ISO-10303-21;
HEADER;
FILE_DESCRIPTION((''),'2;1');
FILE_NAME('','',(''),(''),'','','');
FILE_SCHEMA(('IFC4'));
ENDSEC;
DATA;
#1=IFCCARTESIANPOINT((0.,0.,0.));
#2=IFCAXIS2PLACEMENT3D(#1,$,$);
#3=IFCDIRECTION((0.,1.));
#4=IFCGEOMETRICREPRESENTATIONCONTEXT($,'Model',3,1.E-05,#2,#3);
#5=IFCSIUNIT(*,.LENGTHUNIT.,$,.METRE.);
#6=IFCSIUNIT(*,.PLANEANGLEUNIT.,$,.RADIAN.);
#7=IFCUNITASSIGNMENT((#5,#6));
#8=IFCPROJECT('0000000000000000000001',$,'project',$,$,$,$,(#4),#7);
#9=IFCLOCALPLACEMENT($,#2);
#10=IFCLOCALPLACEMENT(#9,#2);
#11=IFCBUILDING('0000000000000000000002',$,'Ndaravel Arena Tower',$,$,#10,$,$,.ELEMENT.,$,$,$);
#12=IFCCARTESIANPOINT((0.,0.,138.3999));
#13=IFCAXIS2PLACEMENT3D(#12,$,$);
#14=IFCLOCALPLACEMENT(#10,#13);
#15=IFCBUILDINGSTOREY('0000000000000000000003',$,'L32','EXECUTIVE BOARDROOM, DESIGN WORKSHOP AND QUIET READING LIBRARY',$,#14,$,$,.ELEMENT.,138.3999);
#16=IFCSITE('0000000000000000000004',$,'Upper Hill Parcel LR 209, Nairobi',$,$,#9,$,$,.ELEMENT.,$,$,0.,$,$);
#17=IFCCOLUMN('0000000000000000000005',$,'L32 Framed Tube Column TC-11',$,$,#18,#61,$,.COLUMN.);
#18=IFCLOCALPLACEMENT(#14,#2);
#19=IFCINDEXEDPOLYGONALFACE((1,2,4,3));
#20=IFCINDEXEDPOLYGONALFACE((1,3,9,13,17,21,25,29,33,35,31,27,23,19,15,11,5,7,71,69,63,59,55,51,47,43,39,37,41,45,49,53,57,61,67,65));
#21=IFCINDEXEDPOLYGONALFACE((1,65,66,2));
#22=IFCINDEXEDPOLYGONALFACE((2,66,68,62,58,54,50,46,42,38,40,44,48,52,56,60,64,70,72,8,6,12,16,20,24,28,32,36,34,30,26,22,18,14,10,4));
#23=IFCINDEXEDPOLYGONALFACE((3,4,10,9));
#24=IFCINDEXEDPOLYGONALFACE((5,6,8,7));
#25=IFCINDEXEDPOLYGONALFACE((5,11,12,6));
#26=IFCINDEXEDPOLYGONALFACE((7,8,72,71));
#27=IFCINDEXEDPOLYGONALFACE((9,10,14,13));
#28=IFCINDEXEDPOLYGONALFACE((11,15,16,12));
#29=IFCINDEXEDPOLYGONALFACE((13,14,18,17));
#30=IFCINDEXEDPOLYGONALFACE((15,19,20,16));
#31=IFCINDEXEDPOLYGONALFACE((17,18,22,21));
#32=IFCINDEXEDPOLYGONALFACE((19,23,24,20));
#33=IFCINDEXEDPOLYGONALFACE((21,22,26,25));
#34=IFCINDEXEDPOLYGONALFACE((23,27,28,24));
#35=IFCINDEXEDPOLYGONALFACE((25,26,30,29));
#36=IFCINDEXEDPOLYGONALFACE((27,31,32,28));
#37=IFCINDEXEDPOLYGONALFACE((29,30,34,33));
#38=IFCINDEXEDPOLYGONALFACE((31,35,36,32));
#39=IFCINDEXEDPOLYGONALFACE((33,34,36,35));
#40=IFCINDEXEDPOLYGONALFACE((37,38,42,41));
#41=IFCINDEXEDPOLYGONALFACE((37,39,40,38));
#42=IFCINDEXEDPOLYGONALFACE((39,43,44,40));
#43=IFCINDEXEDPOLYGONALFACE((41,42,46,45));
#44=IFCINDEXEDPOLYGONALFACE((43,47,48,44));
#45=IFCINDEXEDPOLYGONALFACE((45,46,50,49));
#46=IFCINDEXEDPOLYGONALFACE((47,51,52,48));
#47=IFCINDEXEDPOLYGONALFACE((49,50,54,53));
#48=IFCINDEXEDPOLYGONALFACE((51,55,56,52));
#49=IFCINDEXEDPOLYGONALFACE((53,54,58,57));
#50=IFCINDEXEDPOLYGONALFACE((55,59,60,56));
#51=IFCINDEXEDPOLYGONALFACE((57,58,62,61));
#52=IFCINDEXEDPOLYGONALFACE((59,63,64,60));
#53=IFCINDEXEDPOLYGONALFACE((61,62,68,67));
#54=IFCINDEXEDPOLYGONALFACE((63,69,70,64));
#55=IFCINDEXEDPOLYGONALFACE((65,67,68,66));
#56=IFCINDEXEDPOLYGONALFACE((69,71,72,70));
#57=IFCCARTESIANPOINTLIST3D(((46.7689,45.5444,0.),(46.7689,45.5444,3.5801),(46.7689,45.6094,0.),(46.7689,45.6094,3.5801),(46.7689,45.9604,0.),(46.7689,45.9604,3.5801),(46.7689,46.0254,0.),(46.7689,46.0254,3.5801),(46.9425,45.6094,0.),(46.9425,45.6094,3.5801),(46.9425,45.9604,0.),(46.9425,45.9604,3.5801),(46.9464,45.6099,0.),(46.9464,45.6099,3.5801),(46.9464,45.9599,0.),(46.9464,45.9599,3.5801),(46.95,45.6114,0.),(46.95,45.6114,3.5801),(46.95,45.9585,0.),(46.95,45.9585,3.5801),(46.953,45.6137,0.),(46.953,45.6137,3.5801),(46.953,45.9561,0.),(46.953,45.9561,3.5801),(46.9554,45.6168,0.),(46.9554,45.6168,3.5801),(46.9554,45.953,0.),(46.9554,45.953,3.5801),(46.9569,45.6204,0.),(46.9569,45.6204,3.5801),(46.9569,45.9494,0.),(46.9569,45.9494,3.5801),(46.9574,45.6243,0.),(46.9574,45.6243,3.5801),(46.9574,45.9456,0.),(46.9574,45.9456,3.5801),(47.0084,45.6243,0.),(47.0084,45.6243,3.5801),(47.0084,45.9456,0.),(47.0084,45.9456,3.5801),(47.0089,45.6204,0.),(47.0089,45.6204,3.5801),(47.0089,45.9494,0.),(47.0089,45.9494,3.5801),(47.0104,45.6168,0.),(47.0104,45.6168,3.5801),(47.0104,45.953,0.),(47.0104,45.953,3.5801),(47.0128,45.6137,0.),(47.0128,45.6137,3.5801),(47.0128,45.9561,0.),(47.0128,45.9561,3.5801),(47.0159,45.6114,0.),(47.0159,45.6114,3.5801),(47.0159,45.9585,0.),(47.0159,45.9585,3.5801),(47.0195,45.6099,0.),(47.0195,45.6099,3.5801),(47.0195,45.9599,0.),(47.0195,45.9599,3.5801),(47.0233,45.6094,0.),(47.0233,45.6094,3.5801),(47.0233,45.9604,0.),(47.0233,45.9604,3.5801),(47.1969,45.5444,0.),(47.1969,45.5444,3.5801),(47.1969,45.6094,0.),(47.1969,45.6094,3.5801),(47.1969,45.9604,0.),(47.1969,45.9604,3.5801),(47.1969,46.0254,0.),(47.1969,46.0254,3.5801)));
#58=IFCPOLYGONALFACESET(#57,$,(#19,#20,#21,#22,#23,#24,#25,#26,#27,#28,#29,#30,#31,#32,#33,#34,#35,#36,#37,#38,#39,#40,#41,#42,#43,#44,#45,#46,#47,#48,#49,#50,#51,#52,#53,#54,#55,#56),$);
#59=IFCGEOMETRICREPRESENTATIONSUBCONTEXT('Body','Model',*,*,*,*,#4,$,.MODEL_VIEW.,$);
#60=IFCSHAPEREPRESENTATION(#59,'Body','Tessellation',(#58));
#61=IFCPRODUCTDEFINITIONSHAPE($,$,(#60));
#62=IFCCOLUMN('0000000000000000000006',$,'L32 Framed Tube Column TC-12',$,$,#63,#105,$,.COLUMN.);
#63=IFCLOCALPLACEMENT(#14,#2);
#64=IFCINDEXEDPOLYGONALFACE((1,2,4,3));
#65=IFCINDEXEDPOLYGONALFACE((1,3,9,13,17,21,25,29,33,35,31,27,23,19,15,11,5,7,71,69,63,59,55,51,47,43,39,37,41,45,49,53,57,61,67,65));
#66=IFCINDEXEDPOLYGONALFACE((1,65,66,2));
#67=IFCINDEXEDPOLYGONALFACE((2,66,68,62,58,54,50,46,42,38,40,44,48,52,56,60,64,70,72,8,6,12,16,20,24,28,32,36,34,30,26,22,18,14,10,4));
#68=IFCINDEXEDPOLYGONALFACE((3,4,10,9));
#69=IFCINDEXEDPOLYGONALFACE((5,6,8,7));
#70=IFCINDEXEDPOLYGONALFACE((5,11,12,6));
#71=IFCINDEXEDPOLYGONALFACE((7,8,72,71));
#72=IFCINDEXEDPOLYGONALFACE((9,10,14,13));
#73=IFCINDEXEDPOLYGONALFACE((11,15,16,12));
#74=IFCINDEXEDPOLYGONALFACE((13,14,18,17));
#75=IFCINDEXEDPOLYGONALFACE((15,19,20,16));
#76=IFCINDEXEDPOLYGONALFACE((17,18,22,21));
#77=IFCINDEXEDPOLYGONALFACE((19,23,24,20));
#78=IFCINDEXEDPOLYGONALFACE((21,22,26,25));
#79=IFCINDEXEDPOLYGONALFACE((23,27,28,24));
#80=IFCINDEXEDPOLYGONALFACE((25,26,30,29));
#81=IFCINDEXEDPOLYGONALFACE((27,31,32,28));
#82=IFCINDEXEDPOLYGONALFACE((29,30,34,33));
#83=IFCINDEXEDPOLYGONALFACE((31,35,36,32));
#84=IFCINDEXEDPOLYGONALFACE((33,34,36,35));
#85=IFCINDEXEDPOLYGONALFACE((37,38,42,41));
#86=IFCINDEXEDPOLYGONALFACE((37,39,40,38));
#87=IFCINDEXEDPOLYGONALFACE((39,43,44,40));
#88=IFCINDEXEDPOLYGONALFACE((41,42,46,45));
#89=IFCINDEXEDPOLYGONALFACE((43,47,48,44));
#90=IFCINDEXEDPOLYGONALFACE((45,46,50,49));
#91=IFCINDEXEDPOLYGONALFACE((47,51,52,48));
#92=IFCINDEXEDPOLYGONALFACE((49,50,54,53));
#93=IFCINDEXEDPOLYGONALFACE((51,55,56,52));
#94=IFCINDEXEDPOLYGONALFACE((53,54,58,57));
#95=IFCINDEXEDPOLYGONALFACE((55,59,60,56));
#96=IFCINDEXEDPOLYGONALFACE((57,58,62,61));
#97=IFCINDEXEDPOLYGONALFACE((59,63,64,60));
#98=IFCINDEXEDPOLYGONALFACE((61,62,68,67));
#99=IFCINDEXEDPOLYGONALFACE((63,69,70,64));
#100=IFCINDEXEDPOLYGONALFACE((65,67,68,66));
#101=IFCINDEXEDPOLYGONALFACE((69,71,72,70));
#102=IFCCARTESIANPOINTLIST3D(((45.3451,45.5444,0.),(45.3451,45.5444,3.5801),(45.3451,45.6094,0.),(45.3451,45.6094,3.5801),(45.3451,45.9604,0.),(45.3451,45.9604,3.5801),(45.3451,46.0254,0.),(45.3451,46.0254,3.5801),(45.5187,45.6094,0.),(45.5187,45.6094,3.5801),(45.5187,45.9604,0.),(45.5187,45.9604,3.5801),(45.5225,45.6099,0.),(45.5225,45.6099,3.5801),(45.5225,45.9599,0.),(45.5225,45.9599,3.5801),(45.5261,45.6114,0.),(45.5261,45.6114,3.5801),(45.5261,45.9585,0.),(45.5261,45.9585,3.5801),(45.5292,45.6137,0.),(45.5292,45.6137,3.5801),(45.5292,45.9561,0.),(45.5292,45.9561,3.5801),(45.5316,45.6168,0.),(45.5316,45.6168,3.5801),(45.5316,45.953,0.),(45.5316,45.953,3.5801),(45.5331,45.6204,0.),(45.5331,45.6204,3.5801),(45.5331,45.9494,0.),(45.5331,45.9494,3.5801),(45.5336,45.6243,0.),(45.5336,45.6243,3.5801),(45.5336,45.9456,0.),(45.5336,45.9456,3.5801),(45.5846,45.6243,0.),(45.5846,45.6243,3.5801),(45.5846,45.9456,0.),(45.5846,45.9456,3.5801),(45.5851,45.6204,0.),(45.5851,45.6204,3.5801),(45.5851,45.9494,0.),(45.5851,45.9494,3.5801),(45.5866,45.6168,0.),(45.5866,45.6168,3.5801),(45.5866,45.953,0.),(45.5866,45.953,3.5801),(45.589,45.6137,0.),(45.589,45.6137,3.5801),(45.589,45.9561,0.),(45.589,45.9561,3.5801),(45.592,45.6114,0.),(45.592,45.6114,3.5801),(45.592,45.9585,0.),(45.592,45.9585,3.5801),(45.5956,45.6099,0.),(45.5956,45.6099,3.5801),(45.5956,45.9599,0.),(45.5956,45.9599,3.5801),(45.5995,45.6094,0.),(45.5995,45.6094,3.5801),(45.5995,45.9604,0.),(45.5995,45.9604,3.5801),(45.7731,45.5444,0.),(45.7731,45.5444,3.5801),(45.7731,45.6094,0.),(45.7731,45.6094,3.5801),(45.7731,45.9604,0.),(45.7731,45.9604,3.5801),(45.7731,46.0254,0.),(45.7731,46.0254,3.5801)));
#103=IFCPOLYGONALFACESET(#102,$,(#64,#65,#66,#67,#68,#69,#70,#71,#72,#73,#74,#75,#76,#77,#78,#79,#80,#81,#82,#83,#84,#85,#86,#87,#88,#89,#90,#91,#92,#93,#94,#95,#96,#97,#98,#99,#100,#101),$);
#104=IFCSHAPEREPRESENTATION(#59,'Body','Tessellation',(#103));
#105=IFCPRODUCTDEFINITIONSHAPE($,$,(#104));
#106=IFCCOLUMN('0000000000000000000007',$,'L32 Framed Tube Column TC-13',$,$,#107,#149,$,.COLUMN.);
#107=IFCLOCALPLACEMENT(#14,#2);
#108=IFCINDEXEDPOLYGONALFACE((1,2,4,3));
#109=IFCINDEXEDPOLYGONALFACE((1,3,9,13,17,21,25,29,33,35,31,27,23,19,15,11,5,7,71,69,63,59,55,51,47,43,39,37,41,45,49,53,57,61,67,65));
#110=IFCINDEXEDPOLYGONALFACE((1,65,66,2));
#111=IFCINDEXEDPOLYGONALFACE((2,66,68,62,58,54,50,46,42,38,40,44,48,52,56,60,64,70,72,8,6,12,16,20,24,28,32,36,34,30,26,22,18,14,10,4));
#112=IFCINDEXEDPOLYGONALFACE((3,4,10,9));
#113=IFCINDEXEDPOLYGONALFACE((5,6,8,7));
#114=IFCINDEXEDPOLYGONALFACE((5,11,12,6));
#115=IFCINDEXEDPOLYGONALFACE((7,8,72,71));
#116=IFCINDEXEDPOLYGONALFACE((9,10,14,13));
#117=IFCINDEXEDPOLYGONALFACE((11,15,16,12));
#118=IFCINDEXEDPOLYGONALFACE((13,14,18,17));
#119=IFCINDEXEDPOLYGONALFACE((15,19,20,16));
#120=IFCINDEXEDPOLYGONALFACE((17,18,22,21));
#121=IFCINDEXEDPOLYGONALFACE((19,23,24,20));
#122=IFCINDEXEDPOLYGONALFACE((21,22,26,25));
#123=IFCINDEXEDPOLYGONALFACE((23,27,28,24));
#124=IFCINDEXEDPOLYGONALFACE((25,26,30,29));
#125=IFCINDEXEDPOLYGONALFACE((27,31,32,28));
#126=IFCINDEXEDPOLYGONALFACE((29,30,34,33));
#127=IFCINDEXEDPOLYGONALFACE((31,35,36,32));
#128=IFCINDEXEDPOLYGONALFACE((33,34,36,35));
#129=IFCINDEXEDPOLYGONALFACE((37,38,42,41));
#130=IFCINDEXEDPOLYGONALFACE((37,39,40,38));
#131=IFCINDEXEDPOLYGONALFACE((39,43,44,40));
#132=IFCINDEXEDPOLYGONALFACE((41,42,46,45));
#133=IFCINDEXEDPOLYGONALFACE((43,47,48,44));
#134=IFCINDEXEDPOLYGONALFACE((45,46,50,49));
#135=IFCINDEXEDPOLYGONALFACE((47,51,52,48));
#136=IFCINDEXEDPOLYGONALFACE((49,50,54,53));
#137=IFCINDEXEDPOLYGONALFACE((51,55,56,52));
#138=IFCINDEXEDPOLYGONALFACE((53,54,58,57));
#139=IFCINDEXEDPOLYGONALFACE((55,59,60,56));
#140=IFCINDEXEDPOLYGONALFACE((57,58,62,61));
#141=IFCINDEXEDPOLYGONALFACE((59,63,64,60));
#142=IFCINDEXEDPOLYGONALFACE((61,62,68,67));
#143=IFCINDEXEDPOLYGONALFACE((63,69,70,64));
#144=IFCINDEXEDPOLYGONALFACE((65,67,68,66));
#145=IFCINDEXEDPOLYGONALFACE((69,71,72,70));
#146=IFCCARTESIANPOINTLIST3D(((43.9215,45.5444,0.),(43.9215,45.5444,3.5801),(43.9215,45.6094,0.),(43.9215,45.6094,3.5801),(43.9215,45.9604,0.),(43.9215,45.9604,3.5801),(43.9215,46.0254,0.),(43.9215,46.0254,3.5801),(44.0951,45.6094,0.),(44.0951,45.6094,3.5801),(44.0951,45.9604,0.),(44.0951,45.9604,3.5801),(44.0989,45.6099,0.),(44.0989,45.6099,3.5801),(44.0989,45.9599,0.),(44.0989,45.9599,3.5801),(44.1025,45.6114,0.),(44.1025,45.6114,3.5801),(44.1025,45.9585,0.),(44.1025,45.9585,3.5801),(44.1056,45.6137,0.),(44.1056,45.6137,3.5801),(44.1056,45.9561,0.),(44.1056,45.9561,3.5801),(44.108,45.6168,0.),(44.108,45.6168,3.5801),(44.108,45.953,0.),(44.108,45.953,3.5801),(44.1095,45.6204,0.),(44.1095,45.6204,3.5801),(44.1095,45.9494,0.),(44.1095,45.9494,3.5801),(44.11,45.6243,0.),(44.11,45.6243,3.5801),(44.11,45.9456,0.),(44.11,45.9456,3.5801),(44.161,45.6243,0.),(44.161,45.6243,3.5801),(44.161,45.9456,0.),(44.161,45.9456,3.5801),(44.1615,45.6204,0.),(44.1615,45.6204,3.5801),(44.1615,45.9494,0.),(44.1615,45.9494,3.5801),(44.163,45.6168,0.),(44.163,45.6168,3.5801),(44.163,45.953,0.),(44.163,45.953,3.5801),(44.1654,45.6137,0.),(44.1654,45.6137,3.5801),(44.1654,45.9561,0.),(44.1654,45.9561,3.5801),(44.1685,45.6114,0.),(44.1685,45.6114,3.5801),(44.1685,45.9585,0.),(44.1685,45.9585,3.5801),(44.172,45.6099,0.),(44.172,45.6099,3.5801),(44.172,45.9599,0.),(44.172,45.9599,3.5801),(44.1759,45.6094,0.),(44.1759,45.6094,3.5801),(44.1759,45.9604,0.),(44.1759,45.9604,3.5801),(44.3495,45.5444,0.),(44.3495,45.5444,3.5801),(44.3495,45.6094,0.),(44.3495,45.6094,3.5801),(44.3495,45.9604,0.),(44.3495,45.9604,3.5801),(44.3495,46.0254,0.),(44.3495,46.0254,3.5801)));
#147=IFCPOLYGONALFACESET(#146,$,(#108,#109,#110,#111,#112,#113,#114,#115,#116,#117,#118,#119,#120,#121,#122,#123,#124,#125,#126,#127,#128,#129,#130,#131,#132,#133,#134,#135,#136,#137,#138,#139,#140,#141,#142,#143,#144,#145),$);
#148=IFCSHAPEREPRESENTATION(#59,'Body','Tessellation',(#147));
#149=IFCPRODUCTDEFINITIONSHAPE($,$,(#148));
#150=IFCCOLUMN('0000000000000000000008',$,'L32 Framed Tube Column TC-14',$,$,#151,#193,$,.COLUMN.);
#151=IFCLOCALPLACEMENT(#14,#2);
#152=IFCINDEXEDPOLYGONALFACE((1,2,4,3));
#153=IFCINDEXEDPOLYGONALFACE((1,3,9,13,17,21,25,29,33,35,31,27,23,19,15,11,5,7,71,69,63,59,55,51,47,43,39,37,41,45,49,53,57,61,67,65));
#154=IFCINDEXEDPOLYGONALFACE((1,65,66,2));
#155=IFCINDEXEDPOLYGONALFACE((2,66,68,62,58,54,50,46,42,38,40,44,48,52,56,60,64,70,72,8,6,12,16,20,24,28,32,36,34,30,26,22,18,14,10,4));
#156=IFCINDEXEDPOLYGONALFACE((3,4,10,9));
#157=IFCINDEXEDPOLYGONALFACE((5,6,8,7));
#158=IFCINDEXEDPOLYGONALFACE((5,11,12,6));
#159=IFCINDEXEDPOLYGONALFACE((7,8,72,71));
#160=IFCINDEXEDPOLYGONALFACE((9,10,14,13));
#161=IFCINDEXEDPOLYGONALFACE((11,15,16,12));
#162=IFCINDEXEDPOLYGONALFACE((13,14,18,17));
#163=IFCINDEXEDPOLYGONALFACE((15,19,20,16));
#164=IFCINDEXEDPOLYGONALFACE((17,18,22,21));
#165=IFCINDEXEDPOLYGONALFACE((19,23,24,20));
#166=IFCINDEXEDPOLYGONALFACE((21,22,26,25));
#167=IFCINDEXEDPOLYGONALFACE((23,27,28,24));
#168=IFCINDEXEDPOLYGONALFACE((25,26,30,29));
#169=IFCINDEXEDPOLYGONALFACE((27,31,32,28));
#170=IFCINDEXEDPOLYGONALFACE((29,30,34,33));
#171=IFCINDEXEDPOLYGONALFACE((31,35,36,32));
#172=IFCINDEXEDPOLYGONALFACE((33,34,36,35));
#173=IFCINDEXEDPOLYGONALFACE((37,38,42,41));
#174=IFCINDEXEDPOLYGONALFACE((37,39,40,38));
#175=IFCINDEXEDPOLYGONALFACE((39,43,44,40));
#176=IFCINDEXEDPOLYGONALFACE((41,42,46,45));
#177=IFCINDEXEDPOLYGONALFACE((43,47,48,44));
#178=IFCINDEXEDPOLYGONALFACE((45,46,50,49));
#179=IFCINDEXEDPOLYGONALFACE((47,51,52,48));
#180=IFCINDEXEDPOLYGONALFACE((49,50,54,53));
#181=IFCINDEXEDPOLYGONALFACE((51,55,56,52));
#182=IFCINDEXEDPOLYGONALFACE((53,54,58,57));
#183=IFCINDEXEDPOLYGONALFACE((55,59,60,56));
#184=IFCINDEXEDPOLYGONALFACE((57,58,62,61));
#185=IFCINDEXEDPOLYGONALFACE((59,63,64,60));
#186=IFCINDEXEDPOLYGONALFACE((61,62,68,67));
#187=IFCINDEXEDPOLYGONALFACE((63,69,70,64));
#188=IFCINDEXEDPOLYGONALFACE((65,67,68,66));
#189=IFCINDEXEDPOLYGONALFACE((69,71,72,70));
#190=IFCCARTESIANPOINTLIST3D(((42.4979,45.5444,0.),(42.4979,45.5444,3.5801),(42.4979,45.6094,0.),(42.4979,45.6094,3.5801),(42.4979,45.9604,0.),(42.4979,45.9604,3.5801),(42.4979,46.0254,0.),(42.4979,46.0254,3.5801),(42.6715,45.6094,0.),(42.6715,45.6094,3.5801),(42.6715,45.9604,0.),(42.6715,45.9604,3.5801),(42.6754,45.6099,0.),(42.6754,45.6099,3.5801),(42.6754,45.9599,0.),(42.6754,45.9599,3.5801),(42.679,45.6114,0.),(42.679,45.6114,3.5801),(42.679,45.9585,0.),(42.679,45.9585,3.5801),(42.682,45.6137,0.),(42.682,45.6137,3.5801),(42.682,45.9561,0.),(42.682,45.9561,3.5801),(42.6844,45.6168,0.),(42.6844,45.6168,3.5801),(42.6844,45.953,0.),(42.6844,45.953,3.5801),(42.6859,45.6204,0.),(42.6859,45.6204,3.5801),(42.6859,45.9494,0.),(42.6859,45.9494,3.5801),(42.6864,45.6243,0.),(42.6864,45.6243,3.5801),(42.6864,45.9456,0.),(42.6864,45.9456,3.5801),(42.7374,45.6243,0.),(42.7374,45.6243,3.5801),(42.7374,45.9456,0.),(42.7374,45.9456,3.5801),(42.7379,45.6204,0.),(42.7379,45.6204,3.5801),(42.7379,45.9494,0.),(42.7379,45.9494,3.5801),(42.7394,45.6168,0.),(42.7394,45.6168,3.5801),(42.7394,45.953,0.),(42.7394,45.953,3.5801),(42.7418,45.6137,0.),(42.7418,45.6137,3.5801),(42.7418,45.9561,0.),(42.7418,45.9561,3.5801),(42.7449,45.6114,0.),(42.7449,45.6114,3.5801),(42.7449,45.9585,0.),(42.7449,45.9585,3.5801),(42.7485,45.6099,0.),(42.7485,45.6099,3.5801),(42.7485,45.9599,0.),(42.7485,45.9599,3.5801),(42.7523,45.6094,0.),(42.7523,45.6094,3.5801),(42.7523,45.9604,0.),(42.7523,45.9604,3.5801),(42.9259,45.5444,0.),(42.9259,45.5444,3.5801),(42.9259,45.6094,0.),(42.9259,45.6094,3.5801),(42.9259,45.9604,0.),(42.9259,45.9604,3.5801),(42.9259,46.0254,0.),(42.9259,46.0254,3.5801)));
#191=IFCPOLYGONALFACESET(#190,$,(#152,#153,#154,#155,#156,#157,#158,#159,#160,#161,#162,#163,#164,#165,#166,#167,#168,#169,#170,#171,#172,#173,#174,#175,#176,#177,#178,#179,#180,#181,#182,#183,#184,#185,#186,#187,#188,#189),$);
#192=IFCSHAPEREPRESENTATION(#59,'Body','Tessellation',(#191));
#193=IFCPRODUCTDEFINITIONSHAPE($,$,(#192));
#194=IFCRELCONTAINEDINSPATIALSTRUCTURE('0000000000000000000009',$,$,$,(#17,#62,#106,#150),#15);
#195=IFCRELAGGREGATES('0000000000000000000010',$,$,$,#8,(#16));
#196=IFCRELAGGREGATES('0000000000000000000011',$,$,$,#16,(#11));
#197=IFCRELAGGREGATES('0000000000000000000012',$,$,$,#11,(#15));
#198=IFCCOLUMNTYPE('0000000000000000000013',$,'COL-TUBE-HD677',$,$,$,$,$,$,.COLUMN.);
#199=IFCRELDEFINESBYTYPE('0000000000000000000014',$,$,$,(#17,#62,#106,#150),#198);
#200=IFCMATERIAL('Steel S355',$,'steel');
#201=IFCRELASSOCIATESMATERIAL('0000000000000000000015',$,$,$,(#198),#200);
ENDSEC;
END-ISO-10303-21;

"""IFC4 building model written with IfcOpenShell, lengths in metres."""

from ifc_helpers import new_model, si_unit, direction, frame, origin, origin_2d, place, context, subcontext, project, spatial, i_section, extrude, material, material_profile, profile_set, type_object, element, save


model = new_model("IFC4")

# Units and contexts
model_context = context("Model", 3, precision=1e-05, world=origin(), true_north=direction((0.0, 1.0)))
body_context = subcontext(model_context, "Body", "Model", "MODEL_VIEW")
ifc_project = project(units=[si_unit("LENGTHUNIT", "METRE"), si_unit("PLANEANGLEUNIT", "RADIAN")], contexts=[model_context])

# Site, building, storey
site_placement = place(None, origin())
site = spatial("IfcSite", under=ifc_project, at=site_placement, Name="Upper Hill Parcel LR 209, Nairobi", CompositionType="ELEMENT", RefElevation=0.0)
building_placement = place(site_placement, origin())
building = spatial("IfcBuilding", under=site, at=building_placement, Name="Ndaravel Arena Tower", CompositionType="ELEMENT")
storey_placement = place(building_placement, frame((0.0, 0.0, 138.3999)))
storey = spatial("IfcBuildingStorey", under=building, at=storey_placement, Name="L32", Description="EXECUTIVE BOARDROOM, DESIGN WORKSHOP AND QUIET READING LIBRARY", CompositionType="ELEMENT", Elevation=138.3999)

# Columns
ifc_material_1 = material(Name="Steel S355", Category="steel")
ifc_material_profile_1 = material_profile(ifc_material_1, i_section(OverallWidth=0.428, OverallDepth=0.481, WebThickness=0.051, FlangeThickness=0.0649, FilletRadius=0.0149, at=origin_2d()), Name="HD 400x677")
ifc_profile_set_1 = profile_set([ifc_material_profile_1], Name="Steel S355")
column_type = type_object("IfcColumnType", Name="COL-TUBE-HD677", PredefinedType="COLUMN", material=ifc_profile_set_1)
for number, where, z_axis, x_axis, name in (
    (1, (46.9829, 45.7849, 0.0), (0.0, 0.0, 1.0), (1.0, 0.0, 0.0), "L32 Framed Tube Column TC-11"),
    (2, (45.5591, 45.7849, 0.0), (0.0, 0.0, 1.0), (1.0, 0.0, 0.0), "L32 Framed Tube Column TC-12"),
    (3, (44.1355, 45.7849, 0.0), (0.0, 0.0, 1.0), (1.0, 0.0, 0.0), "L32 Framed Tube Column TC-13"),
    (4, (42.7119, 45.7849, 0.0), (0.0, 0.0, 1.0), (1.0, 0.0, 0.0), "L32 Framed Tube Column TC-14"),
):
    element("IfcColumn", number, at=place(storey_placement, frame(where, z_axis=z_axis, x_axis=x_axis)), inside=storey, type_object=column_type, Name=name, PredefinedType="COLUMN", context=body_context, shape_type="SweptSolid", body=[
        extrude(i_section(OverallWidth=0.428, OverallDepth=0.481, WebThickness=0.051, FlangeThickness=0.0649, FilletRadius=0.0149, at=origin_2d()), origin(), (0.0, 0.0, 1.0), 3.5801),
    ])

save(model, "model.ifc")
